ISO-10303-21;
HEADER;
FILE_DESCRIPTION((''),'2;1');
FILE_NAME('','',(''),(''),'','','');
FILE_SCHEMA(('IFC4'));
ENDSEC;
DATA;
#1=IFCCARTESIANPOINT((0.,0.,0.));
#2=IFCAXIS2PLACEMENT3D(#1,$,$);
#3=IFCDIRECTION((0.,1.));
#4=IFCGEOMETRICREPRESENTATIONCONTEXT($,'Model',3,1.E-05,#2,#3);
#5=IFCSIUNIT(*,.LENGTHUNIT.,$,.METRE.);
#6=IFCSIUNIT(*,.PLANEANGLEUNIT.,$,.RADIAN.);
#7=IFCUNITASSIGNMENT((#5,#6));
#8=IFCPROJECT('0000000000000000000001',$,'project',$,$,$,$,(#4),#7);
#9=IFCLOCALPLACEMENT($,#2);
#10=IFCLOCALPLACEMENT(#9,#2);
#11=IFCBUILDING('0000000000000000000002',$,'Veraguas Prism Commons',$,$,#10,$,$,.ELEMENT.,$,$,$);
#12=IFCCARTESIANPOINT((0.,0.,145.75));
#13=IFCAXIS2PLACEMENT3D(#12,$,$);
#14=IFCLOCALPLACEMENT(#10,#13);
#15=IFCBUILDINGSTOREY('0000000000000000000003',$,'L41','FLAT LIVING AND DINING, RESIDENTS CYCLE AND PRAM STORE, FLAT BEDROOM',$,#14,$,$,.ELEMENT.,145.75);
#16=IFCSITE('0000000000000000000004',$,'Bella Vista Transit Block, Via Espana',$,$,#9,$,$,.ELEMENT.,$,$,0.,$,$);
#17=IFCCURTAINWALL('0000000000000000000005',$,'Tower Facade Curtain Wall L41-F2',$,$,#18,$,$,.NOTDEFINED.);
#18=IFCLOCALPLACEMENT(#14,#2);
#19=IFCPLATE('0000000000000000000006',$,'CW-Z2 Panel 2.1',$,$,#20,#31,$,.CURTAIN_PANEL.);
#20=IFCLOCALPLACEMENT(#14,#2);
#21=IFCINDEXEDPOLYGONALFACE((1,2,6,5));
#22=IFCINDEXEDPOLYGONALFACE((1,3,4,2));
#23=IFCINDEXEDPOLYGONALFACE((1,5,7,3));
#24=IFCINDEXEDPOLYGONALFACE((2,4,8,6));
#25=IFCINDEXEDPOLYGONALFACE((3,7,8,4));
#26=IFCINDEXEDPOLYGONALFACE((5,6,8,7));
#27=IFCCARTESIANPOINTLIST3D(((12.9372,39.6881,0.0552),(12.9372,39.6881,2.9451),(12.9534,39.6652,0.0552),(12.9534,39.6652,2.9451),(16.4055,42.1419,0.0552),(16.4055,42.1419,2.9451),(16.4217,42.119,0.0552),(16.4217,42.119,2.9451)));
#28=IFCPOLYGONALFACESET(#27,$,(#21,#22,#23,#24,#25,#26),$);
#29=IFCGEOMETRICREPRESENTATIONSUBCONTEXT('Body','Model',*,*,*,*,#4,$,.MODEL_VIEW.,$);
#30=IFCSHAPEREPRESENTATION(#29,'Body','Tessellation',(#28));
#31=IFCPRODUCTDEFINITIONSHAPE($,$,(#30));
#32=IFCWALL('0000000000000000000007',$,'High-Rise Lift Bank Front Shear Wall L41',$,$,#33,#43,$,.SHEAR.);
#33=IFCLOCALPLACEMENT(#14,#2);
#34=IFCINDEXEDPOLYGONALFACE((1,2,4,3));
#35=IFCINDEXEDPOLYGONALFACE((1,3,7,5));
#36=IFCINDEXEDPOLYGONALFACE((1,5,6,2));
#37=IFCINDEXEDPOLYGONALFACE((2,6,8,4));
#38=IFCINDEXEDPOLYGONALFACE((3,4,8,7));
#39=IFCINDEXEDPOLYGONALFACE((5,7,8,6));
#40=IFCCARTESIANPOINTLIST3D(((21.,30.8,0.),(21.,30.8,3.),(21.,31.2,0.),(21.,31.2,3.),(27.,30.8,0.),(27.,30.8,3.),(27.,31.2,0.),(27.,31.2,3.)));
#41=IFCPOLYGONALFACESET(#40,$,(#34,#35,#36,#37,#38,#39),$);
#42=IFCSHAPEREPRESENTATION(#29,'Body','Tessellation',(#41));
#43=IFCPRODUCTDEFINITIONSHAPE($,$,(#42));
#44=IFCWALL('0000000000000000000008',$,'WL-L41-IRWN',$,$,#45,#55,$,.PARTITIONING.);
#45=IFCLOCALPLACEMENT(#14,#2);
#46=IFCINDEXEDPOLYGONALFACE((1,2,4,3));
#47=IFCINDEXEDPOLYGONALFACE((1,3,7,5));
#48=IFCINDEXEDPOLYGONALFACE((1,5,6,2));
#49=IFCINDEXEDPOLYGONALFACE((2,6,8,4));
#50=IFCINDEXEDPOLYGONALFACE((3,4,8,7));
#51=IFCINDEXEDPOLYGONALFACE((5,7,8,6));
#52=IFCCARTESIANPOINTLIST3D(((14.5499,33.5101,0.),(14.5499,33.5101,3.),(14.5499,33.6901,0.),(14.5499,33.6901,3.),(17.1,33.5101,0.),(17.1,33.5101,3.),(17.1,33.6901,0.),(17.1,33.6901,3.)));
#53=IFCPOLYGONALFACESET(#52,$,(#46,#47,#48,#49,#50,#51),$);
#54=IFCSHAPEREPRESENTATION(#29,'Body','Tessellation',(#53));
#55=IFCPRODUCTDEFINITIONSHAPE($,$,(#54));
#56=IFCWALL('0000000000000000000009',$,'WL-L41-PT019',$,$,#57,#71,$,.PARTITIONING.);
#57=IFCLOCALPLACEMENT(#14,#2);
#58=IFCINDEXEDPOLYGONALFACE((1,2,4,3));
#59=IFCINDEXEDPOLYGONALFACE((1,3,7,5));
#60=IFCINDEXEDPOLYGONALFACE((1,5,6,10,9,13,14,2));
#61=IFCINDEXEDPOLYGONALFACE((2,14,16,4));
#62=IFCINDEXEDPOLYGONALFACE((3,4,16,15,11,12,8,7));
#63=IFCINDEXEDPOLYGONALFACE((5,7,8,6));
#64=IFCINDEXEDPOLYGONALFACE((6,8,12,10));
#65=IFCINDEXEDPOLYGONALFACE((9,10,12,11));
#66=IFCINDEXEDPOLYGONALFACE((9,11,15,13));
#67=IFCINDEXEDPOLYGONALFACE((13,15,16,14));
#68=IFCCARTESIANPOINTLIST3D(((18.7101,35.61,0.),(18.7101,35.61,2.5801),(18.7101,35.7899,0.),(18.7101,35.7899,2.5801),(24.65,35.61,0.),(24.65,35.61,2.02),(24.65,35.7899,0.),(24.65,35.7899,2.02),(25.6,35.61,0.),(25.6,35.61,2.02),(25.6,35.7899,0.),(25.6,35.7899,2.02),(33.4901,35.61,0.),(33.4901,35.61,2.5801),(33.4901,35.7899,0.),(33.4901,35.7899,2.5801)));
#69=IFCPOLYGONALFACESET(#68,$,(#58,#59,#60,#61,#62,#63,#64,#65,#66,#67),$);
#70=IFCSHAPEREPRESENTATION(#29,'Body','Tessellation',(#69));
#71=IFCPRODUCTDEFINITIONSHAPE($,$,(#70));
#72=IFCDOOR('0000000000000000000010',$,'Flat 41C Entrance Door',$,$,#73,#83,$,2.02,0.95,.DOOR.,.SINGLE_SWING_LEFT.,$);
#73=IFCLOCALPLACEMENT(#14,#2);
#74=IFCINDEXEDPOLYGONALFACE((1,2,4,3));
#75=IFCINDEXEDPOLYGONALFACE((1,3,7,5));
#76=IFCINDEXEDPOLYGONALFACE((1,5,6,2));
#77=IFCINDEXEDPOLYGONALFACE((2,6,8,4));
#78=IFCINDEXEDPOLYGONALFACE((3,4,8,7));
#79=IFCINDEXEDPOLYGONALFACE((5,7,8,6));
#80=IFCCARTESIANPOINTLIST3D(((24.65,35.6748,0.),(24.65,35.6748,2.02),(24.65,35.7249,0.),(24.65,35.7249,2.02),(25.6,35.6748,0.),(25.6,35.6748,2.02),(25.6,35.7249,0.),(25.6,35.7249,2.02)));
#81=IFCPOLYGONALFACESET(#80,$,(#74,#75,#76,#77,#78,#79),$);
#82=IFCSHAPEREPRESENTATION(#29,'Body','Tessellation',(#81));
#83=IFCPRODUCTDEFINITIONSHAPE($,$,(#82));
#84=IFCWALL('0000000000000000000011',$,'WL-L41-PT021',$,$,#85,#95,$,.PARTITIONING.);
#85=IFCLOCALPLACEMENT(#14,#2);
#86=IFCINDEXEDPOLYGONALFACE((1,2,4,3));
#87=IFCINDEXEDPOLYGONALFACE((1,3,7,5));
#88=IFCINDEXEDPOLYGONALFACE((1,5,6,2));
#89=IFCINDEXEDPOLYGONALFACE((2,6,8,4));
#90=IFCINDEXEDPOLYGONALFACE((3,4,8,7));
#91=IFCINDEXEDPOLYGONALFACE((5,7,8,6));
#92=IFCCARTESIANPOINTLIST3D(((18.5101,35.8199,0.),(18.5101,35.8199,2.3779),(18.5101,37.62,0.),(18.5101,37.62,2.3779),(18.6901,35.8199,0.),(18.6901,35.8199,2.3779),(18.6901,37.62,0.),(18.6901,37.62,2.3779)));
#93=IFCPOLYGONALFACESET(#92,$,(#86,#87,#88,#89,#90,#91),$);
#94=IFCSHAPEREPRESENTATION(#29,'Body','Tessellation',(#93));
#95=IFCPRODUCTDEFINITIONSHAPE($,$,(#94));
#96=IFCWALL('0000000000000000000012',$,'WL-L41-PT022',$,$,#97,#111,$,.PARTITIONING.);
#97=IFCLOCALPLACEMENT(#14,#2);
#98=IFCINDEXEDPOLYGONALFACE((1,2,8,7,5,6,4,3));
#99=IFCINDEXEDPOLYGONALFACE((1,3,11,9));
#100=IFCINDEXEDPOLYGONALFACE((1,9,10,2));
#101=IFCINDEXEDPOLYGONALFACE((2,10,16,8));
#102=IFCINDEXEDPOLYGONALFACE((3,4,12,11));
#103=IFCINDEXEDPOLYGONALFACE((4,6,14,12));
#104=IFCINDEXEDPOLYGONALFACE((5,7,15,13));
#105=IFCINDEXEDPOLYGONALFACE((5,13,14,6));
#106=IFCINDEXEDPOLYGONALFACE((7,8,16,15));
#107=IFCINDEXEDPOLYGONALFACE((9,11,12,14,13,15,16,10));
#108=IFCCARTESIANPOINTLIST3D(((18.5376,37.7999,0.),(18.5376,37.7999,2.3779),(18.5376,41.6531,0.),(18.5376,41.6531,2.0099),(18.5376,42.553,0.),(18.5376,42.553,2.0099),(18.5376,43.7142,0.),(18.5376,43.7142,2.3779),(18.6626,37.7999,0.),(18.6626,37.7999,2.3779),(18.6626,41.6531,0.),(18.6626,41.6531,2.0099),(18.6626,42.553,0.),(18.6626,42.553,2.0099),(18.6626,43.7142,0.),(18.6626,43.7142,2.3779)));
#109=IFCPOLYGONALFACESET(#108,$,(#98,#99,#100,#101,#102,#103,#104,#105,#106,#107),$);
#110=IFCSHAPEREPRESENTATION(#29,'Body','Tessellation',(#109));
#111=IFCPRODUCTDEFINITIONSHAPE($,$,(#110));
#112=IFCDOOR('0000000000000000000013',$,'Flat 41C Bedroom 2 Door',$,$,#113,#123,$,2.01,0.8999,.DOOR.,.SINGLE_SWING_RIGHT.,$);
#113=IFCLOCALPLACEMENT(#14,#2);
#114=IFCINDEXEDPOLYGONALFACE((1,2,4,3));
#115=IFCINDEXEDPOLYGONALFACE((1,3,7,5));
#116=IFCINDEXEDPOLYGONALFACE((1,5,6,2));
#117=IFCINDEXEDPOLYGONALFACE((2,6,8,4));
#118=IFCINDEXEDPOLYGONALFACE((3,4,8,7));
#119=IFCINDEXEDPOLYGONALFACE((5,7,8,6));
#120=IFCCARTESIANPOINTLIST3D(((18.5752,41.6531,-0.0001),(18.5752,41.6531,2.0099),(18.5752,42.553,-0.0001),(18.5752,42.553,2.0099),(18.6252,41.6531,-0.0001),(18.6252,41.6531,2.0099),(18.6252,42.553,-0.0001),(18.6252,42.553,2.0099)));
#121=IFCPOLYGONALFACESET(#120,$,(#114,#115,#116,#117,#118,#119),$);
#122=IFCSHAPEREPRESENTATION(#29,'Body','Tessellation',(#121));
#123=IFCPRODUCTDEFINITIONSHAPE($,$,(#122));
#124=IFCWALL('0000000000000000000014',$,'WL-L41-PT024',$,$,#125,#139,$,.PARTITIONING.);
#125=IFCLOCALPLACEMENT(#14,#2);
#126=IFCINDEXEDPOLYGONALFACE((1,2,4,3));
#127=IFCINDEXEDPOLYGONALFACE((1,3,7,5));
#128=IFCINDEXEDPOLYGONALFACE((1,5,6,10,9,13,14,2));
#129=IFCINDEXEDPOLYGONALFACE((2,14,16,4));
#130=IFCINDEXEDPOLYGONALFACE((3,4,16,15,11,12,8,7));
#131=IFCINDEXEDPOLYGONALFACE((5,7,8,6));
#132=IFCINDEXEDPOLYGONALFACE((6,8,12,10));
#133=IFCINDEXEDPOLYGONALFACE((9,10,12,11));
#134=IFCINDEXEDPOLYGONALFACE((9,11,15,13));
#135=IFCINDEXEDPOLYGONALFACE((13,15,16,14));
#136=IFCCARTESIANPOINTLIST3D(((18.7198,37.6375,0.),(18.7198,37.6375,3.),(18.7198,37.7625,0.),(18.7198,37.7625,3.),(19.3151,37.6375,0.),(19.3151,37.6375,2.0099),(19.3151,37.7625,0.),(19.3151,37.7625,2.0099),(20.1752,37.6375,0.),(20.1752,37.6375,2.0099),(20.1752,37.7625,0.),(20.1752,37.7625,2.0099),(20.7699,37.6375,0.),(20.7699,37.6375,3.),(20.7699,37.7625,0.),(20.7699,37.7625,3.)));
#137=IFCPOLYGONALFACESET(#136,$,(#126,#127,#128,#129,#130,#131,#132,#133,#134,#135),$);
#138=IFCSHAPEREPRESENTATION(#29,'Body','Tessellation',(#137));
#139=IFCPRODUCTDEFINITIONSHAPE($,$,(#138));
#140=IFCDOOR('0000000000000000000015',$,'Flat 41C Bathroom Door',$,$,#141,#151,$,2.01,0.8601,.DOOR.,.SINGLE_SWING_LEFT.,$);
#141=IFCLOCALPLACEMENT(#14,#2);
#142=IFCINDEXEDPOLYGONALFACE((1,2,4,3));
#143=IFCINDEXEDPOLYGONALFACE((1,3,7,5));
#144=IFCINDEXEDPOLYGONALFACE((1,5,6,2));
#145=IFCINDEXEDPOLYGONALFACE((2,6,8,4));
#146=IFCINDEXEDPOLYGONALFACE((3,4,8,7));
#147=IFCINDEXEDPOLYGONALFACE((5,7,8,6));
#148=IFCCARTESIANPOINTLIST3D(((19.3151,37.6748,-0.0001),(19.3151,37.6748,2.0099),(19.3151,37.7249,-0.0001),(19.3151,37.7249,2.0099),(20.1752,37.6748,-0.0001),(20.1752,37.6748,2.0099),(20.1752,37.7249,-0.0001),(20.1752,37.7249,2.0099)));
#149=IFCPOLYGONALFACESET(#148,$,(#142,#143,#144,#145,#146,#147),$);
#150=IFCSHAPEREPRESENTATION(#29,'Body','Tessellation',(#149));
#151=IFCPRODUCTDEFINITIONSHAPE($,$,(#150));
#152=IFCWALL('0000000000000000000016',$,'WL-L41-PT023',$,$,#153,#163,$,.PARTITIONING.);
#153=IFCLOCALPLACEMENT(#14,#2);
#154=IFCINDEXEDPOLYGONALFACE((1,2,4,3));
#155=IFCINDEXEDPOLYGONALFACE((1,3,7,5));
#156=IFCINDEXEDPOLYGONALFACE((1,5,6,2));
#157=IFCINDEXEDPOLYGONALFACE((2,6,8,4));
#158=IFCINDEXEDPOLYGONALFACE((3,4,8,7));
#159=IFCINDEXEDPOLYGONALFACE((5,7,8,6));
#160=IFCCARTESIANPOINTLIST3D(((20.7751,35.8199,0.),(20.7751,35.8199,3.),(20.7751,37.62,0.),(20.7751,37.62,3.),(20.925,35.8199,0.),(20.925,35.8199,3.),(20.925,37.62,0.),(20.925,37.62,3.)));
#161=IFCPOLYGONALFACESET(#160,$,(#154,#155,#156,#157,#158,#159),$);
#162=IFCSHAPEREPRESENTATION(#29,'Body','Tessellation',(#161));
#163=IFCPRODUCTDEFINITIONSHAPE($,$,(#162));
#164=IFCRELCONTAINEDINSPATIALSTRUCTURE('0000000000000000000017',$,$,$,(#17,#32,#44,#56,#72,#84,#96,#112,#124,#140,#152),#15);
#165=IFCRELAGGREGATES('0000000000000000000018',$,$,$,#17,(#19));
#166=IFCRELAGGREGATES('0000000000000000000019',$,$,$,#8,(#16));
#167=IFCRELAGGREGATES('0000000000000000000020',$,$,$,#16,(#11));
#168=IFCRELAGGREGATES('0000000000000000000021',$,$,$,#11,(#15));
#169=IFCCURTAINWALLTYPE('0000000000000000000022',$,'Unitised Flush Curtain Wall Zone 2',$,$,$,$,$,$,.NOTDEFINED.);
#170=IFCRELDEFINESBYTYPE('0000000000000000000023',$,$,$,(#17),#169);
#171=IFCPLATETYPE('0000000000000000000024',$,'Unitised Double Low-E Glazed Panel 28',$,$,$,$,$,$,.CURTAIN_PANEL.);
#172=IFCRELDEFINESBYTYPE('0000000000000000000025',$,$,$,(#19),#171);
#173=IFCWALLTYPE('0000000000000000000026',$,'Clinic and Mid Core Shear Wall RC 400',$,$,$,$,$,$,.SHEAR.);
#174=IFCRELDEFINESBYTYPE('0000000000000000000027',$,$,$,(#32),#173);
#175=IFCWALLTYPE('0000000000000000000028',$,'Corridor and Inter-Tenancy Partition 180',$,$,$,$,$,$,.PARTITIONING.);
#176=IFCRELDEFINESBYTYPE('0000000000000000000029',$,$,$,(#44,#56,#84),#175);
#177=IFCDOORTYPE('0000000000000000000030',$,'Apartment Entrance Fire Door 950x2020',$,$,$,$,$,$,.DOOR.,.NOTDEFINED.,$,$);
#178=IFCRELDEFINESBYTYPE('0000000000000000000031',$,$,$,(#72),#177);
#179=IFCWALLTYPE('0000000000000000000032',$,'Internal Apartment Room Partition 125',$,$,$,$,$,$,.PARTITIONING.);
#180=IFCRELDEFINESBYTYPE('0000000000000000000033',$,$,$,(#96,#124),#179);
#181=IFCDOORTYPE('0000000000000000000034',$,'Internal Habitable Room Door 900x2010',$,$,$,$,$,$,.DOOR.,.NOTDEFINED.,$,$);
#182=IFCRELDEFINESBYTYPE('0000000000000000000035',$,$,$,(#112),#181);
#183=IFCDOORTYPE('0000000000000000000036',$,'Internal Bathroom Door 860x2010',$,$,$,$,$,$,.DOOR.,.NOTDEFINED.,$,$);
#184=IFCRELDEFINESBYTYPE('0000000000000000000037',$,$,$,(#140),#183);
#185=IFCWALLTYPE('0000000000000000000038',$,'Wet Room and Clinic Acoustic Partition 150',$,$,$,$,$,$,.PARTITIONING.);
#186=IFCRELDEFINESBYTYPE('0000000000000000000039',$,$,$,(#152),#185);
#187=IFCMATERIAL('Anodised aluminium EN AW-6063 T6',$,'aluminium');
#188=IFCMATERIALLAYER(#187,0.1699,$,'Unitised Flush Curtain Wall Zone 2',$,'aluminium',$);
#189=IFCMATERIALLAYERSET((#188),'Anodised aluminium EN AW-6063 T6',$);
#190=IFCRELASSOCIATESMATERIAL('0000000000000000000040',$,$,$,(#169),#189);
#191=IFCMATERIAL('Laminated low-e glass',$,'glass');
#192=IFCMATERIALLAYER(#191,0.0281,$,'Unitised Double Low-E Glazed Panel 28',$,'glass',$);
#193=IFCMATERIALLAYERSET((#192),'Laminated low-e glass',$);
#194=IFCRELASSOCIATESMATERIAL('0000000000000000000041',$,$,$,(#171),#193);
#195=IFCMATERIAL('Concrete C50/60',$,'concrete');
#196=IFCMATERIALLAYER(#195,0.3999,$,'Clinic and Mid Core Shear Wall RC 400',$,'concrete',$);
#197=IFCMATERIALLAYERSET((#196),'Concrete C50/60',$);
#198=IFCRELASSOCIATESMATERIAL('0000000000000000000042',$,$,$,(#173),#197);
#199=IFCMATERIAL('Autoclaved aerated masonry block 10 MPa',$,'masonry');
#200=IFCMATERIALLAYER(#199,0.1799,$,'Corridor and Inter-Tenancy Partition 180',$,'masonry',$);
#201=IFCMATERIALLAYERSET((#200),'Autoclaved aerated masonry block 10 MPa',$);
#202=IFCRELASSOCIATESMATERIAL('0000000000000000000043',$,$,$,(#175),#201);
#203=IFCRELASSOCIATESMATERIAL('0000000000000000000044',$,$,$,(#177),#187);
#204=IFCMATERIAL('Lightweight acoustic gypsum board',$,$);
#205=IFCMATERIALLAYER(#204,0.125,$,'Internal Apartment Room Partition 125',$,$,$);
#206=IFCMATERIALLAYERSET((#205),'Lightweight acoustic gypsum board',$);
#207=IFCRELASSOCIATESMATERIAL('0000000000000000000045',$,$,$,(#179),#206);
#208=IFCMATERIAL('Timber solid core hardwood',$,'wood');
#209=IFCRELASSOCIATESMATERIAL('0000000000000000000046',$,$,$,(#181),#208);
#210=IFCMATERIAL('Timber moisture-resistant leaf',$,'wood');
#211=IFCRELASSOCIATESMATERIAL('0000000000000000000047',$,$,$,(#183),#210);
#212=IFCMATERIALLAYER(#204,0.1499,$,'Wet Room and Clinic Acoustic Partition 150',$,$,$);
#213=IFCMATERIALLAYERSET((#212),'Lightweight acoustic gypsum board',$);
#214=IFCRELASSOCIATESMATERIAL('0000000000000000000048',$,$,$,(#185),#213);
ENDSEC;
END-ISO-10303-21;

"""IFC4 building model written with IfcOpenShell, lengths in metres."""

from ifc_helpers import new_model, si_unit, direction, frame, frame_2d, origin, origin_2d, place, context, subcontext, project, spatial, rectangle, extrude, source, transform, mapped, material, layer, layer_set, type_object, element, fill, aggregate, save


model = new_model("IFC4")

# Units and contexts
model_context = context("Model", 3, precision=1e-05, world=origin(), true_north=direction((0.0, 1.0)))
body_context = subcontext(model_context, "Body", "Model", "MODEL_VIEW")
ifc_project = project(units=[si_unit("LENGTHUNIT", "METRE"), si_unit("PLANEANGLEUNIT", "RADIAN")], contexts=[model_context])

# Site, building, storey
site_placement = place(None, origin())
site = spatial("IfcSite", under=ifc_project, at=site_placement, Name="Bella Vista Transit Block, Via Espana", CompositionType="ELEMENT", RefElevation=0.0)
building_placement = place(site_placement, origin())
building = spatial("IfcBuilding", under=site, at=building_placement, Name="Veraguas Prism Commons", CompositionType="ELEMENT")
storey_placement = place(building_placement, frame((0.0, 0.0, 145.75)))
storey = spatial("IfcBuildingStorey", under=building, at=storey_placement, Name="L41", Description="FLAT LIVING AND DINING, RESIDENTS CYCLE AND PRAM STORE, FLAT BEDROOM", CompositionType="ELEMENT", Elevation=145.75)

# Shared definitions
ifc_material_1 = material(Name="Concrete C50/60", Category="concrete")

# Curtain wall
ifc_material_2 = material(Name="Anodised aluminium EN AW-6063 T6", Category="aluminium")
ifc_layer_1 = layer(ifc_material_2, 0.1699, Name="Unitised Flush Curtain Wall Zone 2", Category="aluminium")
ifc_layer_set_1 = layer_set([ifc_layer_1], Name="Anodised aluminium EN AW-6063 T6")
curtain_wall_type = type_object("IfcCurtainWallType", Name="Unitised Flush Curtain Wall Zone 2", PredefinedType="NOTDEFINED", material=ifc_layer_set_1)
curtain_wall_1_placement = place(storey_placement, origin())
curtain_wall_1 = element("IfcCurtainWall", 1, at=curtain_wall_1_placement, inside=storey, type_object=curtain_wall_type, Name="Tower Facade Curtain Wall L41-F2", PredefinedType="NOTDEFINED")

# Plate
ifc_material_3 = material(Name="Laminated low-e glass", Category="glass")
ifc_layer_2 = layer(ifc_material_3, 0.0281, Name="Unitised Double Low-E Glazed Panel 28", Category="glass")
ifc_layer_set_2 = layer_set([ifc_layer_2], Name="Laminated low-e glass")
plate_type = type_object("IfcPlateType", Name="Unitised Double Low-E Glazed Panel 28", PredefinedType="CURTAIN_PANEL", material=ifc_layer_set_2)
shared_shape_1 = source(origin(), body_context, "Body", "SweptSolid", [
    extrude(rectangle(XDim=4.2485, YDim=0.0281, at=origin_2d()), origin(), (0.0, 0.0, 1.0), 2.8899),
])
plate_1_placement = place(storey_placement, frame((14.6794, 40.9036, 0.0552), z_axis=(0.0, 0.0, 1.0), x_axis=(-0.816342, -0.577568, 0.0)))
plate_1 = element("IfcPlate", 2, at=plate_1_placement, type_object=plate_type, Name="CW-Z2 Panel 2.1", PredefinedType="CURTAIN_PANEL", context=body_context, shape_type="MappedRepresentation", body=[
    mapped(shared_shape_1, transform((0.0, 0.0, 0.0), scale=1.0)),
])
aggregate(curtain_wall_1, [plate_1])

# Walls
ifc_layer_3 = layer(ifc_material_1, 0.3999, Name="Clinic and Mid Core Shear Wall RC 400", Category="concrete")
ifc_layer_set_3 = layer_set([ifc_layer_3], Name="Concrete C50/60")
wall_type_1 = type_object("IfcWallType", Name="Clinic and Mid Core Shear Wall RC 400", PredefinedType="SHEAR", material=ifc_layer_set_3)
wall_1_placement = place(storey_placement, frame((21.0, 31.0, 0.0), z_axis=(0.0, 0.0, 1.0), x_axis=(1.0, 0.0, 0.0)))
element("IfcWall", 3, at=wall_1_placement, inside=storey, type_object=wall_type_1, Name="High-Rise Lift Bank Front Shear Wall L41", PredefinedType="SHEAR", context=body_context, shape_type="SweptSolid", body=[
    extrude(rectangle(XDim=6.0, YDim=0.3999, at=frame_2d((3.0, 0.0))), origin(), (0.0, 0.0, 1.0), 3.0),
])
ifc_material_4 = material(Name="Autoclaved aerated masonry block 10 MPa", Category="masonry")
ifc_layer_4 = layer(ifc_material_4, 0.1799, Name="Corridor and Inter-Tenancy Partition 180", Category="masonry")
ifc_layer_set_4 = layer_set([ifc_layer_4], Name="Autoclaved aerated masonry block 10 MPa")
wall_type_2 = type_object("IfcWallType", Name="Corridor and Inter-Tenancy Partition 180", PredefinedType="PARTITIONING", material=ifc_layer_set_4)
wall_2_placement = place(storey_placement, frame((14.55, 33.6001, 0.0), z_axis=(0.0, 0.0, 1.0), x_axis=(1.0, 0.0, 0.0)))
element("IfcWall", 4, at=wall_2_placement, inside=storey, type_object=wall_type_2, Name="WL-L41-IRWN", PredefinedType="PARTITIONING", context=body_context, shape_type="SweptSolid", body=[
    extrude(rectangle(XDim=2.55, YDim=0.1799, at=frame_2d((1.2749, 0.0))), origin(), (0.0, 0.0, 1.0), 3.0),
])

# Wall, opening, door
wall_3_placement = place(storey_placement, frame((18.71, 35.7, 0.0), z_axis=(0.0, 0.0, 1.0), x_axis=(1.0, 0.0, 0.0)))
wall_3 = element("IfcWall", 5, at=wall_3_placement, inside=storey, type_object=wall_type_2, Name="WL-L41-PT019", PredefinedType="PARTITIONING", context=body_context, shape_type="SweptSolid", body=[
    extrude(rectangle(XDim=14.78, YDim=0.1799, at=frame_2d((7.3901, 0.0))), origin(), (0.0, 0.0, 1.0), 2.5801),
])
opening_1_placement = place(wall_3_placement, frame((5.9399, 0.0, 0.0)))
opening_1 = element("IfcOpeningElement", 6, at=opening_1_placement, cuts=wall_3, PredefinedType="OPENING", context=body_context, shape_type="SweptSolid", body=[
    extrude(rectangle(XDim=0.95, YDim=2.02, at=frame_2d((0.4751, 1.01))), frame((0.0, 0.0999, 0.0), z_axis=(0.0, -1.0, 0.0), x_axis=(1.0, 0.0, 0.0)), (0.0, 0.0, 1.0), 0.2),
])
door_type_1 = type_object("IfcDoorType", Name="Apartment Entrance Fire Door 950x2020", OperationType="NOTDEFINED", PredefinedType="DOOR", material=ifc_material_2)
shared_shape_2 = source(origin(), body_context, "Body", "SweptSolid", [
    extrude(rectangle(XDim=0.95, YDim=2.02, at=frame_2d((0.4751, 1.01))), frame((0.0, 0.0249, 0.0), z_axis=(0.0, -1.0, 0.0), x_axis=(1.0, 0.0, 0.0)), (0.0, 0.0, 1.0), 0.05),
])
door_1_placement = place(opening_1_placement, origin())
door_1 = element("IfcDoor", 7, at=door_1_placement, inside=storey, type_object=door_type_1, Name="Flat 41C Entrance Door", OperationType="SINGLE_SWING_LEFT", OverallHeight=2.02, OverallWidth=0.95, PredefinedType="DOOR", context=body_context, shape_type="MappedRepresentation", body=[
    mapped(shared_shape_2, transform((0.0, 0.0, 0.0), scale=1.0)),
])
fill(opening_1, door_1)

# Wall
wall_4_placement = place(storey_placement, frame((18.6001, 35.8201, 0.0), z_axis=(0.0, 0.0, 1.0), x_axis=(0.0, 1.0, 0.0)))
element("IfcWall", 8, at=wall_4_placement, inside=storey, type_object=wall_type_2, Name="WL-L41-PT021", PredefinedType="PARTITIONING", context=body_context, shape_type="SweptSolid", body=[
    extrude(rectangle(XDim=1.8, YDim=0.1799, at=frame_2d((0.8999, 0.0))), origin(), (0.0, 0.0, 1.0), 2.3779),
])

# Walls, openings, doors
ifc_material_5 = material(Name="Lightweight acoustic gypsum board")
ifc_layer_5 = layer(ifc_material_5, 0.125, Name="Internal Apartment Room Partition 125")
ifc_layer_set_5 = layer_set([ifc_layer_5], Name="Lightweight acoustic gypsum board")
wall_type_3 = type_object("IfcWallType", Name="Internal Apartment Room Partition 125", PredefinedType="PARTITIONING", material=ifc_layer_set_5)
wall_5_placement = place(storey_placement, frame((18.6001, 37.8, 0.0), z_axis=(0.0, 0.0, 1.0), x_axis=(0.0, 1.0, 0.0)))
wall_5 = element("IfcWall", 9, at=wall_5_placement, inside=storey, type_object=wall_type_3, Name="WL-L41-PT022", PredefinedType="PARTITIONING", context=body_context, shape_type="SweptSolid", body=[
    extrude(rectangle(XDim=5.9143, YDim=0.125, at=frame_2d((2.957, 0.0))), origin(), (0.0, 0.0, 1.0), 2.3779),
])
opening_2_placement = place(wall_5_placement, frame((3.853, 0.0, 0.0)))
opening_2 = element("IfcOpeningElement", 10, at=opening_2_placement, cuts=wall_5, PredefinedType="OPENING", context=body_context, shape_type="SweptSolid", body=[
    extrude(rectangle(XDim=0.8999, YDim=2.01, at=frame_2d((0.45, 1.0049))), frame((0.0, 0.0725, 0.0), z_axis=(0.0, -1.0, 0.0), x_axis=(1.0, 0.0, 0.0)), (0.0, 0.0, 1.0), 0.145),
])
ifc_material_6 = material(Name="Timber solid core hardwood", Category="wood")
door_type_2 = type_object("IfcDoorType", Name="Internal Habitable Room Door 900x2010", OperationType="NOTDEFINED", PredefinedType="DOOR", material=ifc_material_6)
shared_shape_3 = source(origin(), body_context, "Body", "SweptSolid", [
    extrude(rectangle(XDim=0.8999, YDim=2.01, at=frame_2d((0.45, 1.0049))), frame((0.0, 0.0249, 0.0), z_axis=(0.0, -1.0, 0.0), x_axis=(1.0, 0.0, 0.0)), (0.0, 0.0, 1.0), 0.05),
])
door_2_placement = place(opening_2_placement, origin())
door_2 = element("IfcDoor", 11, at=door_2_placement, inside=storey, type_object=door_type_2, Name="Flat 41C Bedroom 2 Door", OperationType="SINGLE_SWING_RIGHT", OverallHeight=2.01, OverallWidth=0.8999, PredefinedType="DOOR", context=body_context, shape_type="MappedRepresentation", body=[
    mapped(shared_shape_3, transform((0.0, 0.0, 0.0), scale=1.0)),
])
fill(opening_2, door_2)
wall_6_placement = place(storey_placement, frame((18.72, 37.7, 0.0), z_axis=(0.0, 0.0, 1.0), x_axis=(1.0, 0.0, 0.0)))
wall_6 = element("IfcWall", 12, at=wall_6_placement, inside=storey, type_object=wall_type_3, Name="WL-L41-PT024", PredefinedType="PARTITIONING", context=body_context, shape_type="SweptSolid", body=[
    extrude(rectangle(XDim=2.05, YDim=0.125, at=frame_2d((1.0249, 0.0))), origin(), (0.0, 0.0, 1.0), 3.0),
])
opening_3_placement = place(wall_6_placement, frame((0.595, 0.0, 0.0)))
opening_3 = element("IfcOpeningElement", 13, at=opening_3_placement, cuts=wall_6, PredefinedType="OPENING", context=body_context, shape_type="SweptSolid", body=[
    extrude(rectangle(XDim=0.8601, YDim=2.01, at=frame_2d((0.4302, 1.0049))), frame((0.0, 0.0725, 0.0), z_axis=(0.0, -1.0, 0.0), x_axis=(1.0, 0.0, 0.0)), (0.0, 0.0, 1.0), 0.145),
])
ifc_material_7 = material(Name="Timber moisture-resistant leaf", Category="wood")
door_type_3 = type_object("IfcDoorType", Name="Internal Bathroom Door 860x2010", OperationType="NOTDEFINED", PredefinedType="DOOR", material=ifc_material_7)
shared_shape_4 = source(origin(), body_context, "Body", "SweptSolid", [
    extrude(rectangle(XDim=0.8601, YDim=2.01, at=frame_2d((0.4302, 1.0049))), frame((0.0, 0.0249, 0.0), z_axis=(0.0, -1.0, 0.0), x_axis=(1.0, 0.0, 0.0)), (0.0, 0.0, 1.0), 0.05),
])
door_3_placement = place(opening_3_placement, origin())
door_3 = element("IfcDoor", 14, at=door_3_placement, inside=storey, type_object=door_type_3, Name="Flat 41C Bathroom Door", OperationType="SINGLE_SWING_LEFT", OverallHeight=2.01, OverallWidth=0.8601, PredefinedType="DOOR", context=body_context, shape_type="MappedRepresentation", body=[
    mapped(shared_shape_4, transform((0.0, 0.0, 0.0), scale=1.0)),
])
fill(opening_3, door_3)

# Wall
ifc_layer_6 = layer(ifc_material_5, 0.1499, Name="Wet Room and Clinic Acoustic Partition 150")
ifc_layer_set_6 = layer_set([ifc_layer_6], Name="Lightweight acoustic gypsum board")
wall_type_4 = type_object("IfcWallType", Name="Wet Room and Clinic Acoustic Partition 150", PredefinedType="PARTITIONING", material=ifc_layer_set_6)
wall_7_placement = place(storey_placement, frame((20.8501, 35.8201, 0.0), z_axis=(0.0, 0.0, 1.0), x_axis=(0.0, 1.0, 0.0)))
element("IfcWall", 15, at=wall_7_placement, inside=storey, type_object=wall_type_4, Name="WL-L41-PT023", PredefinedType="PARTITIONING", context=body_context, shape_type="SweptSolid", body=[
    extrude(rectangle(XDim=1.8, YDim=0.1499, at=frame_2d((0.8999, 0.0))), origin(), (0.0, 0.0, 1.0), 3.0),
])

save(model, "model.ifc")
